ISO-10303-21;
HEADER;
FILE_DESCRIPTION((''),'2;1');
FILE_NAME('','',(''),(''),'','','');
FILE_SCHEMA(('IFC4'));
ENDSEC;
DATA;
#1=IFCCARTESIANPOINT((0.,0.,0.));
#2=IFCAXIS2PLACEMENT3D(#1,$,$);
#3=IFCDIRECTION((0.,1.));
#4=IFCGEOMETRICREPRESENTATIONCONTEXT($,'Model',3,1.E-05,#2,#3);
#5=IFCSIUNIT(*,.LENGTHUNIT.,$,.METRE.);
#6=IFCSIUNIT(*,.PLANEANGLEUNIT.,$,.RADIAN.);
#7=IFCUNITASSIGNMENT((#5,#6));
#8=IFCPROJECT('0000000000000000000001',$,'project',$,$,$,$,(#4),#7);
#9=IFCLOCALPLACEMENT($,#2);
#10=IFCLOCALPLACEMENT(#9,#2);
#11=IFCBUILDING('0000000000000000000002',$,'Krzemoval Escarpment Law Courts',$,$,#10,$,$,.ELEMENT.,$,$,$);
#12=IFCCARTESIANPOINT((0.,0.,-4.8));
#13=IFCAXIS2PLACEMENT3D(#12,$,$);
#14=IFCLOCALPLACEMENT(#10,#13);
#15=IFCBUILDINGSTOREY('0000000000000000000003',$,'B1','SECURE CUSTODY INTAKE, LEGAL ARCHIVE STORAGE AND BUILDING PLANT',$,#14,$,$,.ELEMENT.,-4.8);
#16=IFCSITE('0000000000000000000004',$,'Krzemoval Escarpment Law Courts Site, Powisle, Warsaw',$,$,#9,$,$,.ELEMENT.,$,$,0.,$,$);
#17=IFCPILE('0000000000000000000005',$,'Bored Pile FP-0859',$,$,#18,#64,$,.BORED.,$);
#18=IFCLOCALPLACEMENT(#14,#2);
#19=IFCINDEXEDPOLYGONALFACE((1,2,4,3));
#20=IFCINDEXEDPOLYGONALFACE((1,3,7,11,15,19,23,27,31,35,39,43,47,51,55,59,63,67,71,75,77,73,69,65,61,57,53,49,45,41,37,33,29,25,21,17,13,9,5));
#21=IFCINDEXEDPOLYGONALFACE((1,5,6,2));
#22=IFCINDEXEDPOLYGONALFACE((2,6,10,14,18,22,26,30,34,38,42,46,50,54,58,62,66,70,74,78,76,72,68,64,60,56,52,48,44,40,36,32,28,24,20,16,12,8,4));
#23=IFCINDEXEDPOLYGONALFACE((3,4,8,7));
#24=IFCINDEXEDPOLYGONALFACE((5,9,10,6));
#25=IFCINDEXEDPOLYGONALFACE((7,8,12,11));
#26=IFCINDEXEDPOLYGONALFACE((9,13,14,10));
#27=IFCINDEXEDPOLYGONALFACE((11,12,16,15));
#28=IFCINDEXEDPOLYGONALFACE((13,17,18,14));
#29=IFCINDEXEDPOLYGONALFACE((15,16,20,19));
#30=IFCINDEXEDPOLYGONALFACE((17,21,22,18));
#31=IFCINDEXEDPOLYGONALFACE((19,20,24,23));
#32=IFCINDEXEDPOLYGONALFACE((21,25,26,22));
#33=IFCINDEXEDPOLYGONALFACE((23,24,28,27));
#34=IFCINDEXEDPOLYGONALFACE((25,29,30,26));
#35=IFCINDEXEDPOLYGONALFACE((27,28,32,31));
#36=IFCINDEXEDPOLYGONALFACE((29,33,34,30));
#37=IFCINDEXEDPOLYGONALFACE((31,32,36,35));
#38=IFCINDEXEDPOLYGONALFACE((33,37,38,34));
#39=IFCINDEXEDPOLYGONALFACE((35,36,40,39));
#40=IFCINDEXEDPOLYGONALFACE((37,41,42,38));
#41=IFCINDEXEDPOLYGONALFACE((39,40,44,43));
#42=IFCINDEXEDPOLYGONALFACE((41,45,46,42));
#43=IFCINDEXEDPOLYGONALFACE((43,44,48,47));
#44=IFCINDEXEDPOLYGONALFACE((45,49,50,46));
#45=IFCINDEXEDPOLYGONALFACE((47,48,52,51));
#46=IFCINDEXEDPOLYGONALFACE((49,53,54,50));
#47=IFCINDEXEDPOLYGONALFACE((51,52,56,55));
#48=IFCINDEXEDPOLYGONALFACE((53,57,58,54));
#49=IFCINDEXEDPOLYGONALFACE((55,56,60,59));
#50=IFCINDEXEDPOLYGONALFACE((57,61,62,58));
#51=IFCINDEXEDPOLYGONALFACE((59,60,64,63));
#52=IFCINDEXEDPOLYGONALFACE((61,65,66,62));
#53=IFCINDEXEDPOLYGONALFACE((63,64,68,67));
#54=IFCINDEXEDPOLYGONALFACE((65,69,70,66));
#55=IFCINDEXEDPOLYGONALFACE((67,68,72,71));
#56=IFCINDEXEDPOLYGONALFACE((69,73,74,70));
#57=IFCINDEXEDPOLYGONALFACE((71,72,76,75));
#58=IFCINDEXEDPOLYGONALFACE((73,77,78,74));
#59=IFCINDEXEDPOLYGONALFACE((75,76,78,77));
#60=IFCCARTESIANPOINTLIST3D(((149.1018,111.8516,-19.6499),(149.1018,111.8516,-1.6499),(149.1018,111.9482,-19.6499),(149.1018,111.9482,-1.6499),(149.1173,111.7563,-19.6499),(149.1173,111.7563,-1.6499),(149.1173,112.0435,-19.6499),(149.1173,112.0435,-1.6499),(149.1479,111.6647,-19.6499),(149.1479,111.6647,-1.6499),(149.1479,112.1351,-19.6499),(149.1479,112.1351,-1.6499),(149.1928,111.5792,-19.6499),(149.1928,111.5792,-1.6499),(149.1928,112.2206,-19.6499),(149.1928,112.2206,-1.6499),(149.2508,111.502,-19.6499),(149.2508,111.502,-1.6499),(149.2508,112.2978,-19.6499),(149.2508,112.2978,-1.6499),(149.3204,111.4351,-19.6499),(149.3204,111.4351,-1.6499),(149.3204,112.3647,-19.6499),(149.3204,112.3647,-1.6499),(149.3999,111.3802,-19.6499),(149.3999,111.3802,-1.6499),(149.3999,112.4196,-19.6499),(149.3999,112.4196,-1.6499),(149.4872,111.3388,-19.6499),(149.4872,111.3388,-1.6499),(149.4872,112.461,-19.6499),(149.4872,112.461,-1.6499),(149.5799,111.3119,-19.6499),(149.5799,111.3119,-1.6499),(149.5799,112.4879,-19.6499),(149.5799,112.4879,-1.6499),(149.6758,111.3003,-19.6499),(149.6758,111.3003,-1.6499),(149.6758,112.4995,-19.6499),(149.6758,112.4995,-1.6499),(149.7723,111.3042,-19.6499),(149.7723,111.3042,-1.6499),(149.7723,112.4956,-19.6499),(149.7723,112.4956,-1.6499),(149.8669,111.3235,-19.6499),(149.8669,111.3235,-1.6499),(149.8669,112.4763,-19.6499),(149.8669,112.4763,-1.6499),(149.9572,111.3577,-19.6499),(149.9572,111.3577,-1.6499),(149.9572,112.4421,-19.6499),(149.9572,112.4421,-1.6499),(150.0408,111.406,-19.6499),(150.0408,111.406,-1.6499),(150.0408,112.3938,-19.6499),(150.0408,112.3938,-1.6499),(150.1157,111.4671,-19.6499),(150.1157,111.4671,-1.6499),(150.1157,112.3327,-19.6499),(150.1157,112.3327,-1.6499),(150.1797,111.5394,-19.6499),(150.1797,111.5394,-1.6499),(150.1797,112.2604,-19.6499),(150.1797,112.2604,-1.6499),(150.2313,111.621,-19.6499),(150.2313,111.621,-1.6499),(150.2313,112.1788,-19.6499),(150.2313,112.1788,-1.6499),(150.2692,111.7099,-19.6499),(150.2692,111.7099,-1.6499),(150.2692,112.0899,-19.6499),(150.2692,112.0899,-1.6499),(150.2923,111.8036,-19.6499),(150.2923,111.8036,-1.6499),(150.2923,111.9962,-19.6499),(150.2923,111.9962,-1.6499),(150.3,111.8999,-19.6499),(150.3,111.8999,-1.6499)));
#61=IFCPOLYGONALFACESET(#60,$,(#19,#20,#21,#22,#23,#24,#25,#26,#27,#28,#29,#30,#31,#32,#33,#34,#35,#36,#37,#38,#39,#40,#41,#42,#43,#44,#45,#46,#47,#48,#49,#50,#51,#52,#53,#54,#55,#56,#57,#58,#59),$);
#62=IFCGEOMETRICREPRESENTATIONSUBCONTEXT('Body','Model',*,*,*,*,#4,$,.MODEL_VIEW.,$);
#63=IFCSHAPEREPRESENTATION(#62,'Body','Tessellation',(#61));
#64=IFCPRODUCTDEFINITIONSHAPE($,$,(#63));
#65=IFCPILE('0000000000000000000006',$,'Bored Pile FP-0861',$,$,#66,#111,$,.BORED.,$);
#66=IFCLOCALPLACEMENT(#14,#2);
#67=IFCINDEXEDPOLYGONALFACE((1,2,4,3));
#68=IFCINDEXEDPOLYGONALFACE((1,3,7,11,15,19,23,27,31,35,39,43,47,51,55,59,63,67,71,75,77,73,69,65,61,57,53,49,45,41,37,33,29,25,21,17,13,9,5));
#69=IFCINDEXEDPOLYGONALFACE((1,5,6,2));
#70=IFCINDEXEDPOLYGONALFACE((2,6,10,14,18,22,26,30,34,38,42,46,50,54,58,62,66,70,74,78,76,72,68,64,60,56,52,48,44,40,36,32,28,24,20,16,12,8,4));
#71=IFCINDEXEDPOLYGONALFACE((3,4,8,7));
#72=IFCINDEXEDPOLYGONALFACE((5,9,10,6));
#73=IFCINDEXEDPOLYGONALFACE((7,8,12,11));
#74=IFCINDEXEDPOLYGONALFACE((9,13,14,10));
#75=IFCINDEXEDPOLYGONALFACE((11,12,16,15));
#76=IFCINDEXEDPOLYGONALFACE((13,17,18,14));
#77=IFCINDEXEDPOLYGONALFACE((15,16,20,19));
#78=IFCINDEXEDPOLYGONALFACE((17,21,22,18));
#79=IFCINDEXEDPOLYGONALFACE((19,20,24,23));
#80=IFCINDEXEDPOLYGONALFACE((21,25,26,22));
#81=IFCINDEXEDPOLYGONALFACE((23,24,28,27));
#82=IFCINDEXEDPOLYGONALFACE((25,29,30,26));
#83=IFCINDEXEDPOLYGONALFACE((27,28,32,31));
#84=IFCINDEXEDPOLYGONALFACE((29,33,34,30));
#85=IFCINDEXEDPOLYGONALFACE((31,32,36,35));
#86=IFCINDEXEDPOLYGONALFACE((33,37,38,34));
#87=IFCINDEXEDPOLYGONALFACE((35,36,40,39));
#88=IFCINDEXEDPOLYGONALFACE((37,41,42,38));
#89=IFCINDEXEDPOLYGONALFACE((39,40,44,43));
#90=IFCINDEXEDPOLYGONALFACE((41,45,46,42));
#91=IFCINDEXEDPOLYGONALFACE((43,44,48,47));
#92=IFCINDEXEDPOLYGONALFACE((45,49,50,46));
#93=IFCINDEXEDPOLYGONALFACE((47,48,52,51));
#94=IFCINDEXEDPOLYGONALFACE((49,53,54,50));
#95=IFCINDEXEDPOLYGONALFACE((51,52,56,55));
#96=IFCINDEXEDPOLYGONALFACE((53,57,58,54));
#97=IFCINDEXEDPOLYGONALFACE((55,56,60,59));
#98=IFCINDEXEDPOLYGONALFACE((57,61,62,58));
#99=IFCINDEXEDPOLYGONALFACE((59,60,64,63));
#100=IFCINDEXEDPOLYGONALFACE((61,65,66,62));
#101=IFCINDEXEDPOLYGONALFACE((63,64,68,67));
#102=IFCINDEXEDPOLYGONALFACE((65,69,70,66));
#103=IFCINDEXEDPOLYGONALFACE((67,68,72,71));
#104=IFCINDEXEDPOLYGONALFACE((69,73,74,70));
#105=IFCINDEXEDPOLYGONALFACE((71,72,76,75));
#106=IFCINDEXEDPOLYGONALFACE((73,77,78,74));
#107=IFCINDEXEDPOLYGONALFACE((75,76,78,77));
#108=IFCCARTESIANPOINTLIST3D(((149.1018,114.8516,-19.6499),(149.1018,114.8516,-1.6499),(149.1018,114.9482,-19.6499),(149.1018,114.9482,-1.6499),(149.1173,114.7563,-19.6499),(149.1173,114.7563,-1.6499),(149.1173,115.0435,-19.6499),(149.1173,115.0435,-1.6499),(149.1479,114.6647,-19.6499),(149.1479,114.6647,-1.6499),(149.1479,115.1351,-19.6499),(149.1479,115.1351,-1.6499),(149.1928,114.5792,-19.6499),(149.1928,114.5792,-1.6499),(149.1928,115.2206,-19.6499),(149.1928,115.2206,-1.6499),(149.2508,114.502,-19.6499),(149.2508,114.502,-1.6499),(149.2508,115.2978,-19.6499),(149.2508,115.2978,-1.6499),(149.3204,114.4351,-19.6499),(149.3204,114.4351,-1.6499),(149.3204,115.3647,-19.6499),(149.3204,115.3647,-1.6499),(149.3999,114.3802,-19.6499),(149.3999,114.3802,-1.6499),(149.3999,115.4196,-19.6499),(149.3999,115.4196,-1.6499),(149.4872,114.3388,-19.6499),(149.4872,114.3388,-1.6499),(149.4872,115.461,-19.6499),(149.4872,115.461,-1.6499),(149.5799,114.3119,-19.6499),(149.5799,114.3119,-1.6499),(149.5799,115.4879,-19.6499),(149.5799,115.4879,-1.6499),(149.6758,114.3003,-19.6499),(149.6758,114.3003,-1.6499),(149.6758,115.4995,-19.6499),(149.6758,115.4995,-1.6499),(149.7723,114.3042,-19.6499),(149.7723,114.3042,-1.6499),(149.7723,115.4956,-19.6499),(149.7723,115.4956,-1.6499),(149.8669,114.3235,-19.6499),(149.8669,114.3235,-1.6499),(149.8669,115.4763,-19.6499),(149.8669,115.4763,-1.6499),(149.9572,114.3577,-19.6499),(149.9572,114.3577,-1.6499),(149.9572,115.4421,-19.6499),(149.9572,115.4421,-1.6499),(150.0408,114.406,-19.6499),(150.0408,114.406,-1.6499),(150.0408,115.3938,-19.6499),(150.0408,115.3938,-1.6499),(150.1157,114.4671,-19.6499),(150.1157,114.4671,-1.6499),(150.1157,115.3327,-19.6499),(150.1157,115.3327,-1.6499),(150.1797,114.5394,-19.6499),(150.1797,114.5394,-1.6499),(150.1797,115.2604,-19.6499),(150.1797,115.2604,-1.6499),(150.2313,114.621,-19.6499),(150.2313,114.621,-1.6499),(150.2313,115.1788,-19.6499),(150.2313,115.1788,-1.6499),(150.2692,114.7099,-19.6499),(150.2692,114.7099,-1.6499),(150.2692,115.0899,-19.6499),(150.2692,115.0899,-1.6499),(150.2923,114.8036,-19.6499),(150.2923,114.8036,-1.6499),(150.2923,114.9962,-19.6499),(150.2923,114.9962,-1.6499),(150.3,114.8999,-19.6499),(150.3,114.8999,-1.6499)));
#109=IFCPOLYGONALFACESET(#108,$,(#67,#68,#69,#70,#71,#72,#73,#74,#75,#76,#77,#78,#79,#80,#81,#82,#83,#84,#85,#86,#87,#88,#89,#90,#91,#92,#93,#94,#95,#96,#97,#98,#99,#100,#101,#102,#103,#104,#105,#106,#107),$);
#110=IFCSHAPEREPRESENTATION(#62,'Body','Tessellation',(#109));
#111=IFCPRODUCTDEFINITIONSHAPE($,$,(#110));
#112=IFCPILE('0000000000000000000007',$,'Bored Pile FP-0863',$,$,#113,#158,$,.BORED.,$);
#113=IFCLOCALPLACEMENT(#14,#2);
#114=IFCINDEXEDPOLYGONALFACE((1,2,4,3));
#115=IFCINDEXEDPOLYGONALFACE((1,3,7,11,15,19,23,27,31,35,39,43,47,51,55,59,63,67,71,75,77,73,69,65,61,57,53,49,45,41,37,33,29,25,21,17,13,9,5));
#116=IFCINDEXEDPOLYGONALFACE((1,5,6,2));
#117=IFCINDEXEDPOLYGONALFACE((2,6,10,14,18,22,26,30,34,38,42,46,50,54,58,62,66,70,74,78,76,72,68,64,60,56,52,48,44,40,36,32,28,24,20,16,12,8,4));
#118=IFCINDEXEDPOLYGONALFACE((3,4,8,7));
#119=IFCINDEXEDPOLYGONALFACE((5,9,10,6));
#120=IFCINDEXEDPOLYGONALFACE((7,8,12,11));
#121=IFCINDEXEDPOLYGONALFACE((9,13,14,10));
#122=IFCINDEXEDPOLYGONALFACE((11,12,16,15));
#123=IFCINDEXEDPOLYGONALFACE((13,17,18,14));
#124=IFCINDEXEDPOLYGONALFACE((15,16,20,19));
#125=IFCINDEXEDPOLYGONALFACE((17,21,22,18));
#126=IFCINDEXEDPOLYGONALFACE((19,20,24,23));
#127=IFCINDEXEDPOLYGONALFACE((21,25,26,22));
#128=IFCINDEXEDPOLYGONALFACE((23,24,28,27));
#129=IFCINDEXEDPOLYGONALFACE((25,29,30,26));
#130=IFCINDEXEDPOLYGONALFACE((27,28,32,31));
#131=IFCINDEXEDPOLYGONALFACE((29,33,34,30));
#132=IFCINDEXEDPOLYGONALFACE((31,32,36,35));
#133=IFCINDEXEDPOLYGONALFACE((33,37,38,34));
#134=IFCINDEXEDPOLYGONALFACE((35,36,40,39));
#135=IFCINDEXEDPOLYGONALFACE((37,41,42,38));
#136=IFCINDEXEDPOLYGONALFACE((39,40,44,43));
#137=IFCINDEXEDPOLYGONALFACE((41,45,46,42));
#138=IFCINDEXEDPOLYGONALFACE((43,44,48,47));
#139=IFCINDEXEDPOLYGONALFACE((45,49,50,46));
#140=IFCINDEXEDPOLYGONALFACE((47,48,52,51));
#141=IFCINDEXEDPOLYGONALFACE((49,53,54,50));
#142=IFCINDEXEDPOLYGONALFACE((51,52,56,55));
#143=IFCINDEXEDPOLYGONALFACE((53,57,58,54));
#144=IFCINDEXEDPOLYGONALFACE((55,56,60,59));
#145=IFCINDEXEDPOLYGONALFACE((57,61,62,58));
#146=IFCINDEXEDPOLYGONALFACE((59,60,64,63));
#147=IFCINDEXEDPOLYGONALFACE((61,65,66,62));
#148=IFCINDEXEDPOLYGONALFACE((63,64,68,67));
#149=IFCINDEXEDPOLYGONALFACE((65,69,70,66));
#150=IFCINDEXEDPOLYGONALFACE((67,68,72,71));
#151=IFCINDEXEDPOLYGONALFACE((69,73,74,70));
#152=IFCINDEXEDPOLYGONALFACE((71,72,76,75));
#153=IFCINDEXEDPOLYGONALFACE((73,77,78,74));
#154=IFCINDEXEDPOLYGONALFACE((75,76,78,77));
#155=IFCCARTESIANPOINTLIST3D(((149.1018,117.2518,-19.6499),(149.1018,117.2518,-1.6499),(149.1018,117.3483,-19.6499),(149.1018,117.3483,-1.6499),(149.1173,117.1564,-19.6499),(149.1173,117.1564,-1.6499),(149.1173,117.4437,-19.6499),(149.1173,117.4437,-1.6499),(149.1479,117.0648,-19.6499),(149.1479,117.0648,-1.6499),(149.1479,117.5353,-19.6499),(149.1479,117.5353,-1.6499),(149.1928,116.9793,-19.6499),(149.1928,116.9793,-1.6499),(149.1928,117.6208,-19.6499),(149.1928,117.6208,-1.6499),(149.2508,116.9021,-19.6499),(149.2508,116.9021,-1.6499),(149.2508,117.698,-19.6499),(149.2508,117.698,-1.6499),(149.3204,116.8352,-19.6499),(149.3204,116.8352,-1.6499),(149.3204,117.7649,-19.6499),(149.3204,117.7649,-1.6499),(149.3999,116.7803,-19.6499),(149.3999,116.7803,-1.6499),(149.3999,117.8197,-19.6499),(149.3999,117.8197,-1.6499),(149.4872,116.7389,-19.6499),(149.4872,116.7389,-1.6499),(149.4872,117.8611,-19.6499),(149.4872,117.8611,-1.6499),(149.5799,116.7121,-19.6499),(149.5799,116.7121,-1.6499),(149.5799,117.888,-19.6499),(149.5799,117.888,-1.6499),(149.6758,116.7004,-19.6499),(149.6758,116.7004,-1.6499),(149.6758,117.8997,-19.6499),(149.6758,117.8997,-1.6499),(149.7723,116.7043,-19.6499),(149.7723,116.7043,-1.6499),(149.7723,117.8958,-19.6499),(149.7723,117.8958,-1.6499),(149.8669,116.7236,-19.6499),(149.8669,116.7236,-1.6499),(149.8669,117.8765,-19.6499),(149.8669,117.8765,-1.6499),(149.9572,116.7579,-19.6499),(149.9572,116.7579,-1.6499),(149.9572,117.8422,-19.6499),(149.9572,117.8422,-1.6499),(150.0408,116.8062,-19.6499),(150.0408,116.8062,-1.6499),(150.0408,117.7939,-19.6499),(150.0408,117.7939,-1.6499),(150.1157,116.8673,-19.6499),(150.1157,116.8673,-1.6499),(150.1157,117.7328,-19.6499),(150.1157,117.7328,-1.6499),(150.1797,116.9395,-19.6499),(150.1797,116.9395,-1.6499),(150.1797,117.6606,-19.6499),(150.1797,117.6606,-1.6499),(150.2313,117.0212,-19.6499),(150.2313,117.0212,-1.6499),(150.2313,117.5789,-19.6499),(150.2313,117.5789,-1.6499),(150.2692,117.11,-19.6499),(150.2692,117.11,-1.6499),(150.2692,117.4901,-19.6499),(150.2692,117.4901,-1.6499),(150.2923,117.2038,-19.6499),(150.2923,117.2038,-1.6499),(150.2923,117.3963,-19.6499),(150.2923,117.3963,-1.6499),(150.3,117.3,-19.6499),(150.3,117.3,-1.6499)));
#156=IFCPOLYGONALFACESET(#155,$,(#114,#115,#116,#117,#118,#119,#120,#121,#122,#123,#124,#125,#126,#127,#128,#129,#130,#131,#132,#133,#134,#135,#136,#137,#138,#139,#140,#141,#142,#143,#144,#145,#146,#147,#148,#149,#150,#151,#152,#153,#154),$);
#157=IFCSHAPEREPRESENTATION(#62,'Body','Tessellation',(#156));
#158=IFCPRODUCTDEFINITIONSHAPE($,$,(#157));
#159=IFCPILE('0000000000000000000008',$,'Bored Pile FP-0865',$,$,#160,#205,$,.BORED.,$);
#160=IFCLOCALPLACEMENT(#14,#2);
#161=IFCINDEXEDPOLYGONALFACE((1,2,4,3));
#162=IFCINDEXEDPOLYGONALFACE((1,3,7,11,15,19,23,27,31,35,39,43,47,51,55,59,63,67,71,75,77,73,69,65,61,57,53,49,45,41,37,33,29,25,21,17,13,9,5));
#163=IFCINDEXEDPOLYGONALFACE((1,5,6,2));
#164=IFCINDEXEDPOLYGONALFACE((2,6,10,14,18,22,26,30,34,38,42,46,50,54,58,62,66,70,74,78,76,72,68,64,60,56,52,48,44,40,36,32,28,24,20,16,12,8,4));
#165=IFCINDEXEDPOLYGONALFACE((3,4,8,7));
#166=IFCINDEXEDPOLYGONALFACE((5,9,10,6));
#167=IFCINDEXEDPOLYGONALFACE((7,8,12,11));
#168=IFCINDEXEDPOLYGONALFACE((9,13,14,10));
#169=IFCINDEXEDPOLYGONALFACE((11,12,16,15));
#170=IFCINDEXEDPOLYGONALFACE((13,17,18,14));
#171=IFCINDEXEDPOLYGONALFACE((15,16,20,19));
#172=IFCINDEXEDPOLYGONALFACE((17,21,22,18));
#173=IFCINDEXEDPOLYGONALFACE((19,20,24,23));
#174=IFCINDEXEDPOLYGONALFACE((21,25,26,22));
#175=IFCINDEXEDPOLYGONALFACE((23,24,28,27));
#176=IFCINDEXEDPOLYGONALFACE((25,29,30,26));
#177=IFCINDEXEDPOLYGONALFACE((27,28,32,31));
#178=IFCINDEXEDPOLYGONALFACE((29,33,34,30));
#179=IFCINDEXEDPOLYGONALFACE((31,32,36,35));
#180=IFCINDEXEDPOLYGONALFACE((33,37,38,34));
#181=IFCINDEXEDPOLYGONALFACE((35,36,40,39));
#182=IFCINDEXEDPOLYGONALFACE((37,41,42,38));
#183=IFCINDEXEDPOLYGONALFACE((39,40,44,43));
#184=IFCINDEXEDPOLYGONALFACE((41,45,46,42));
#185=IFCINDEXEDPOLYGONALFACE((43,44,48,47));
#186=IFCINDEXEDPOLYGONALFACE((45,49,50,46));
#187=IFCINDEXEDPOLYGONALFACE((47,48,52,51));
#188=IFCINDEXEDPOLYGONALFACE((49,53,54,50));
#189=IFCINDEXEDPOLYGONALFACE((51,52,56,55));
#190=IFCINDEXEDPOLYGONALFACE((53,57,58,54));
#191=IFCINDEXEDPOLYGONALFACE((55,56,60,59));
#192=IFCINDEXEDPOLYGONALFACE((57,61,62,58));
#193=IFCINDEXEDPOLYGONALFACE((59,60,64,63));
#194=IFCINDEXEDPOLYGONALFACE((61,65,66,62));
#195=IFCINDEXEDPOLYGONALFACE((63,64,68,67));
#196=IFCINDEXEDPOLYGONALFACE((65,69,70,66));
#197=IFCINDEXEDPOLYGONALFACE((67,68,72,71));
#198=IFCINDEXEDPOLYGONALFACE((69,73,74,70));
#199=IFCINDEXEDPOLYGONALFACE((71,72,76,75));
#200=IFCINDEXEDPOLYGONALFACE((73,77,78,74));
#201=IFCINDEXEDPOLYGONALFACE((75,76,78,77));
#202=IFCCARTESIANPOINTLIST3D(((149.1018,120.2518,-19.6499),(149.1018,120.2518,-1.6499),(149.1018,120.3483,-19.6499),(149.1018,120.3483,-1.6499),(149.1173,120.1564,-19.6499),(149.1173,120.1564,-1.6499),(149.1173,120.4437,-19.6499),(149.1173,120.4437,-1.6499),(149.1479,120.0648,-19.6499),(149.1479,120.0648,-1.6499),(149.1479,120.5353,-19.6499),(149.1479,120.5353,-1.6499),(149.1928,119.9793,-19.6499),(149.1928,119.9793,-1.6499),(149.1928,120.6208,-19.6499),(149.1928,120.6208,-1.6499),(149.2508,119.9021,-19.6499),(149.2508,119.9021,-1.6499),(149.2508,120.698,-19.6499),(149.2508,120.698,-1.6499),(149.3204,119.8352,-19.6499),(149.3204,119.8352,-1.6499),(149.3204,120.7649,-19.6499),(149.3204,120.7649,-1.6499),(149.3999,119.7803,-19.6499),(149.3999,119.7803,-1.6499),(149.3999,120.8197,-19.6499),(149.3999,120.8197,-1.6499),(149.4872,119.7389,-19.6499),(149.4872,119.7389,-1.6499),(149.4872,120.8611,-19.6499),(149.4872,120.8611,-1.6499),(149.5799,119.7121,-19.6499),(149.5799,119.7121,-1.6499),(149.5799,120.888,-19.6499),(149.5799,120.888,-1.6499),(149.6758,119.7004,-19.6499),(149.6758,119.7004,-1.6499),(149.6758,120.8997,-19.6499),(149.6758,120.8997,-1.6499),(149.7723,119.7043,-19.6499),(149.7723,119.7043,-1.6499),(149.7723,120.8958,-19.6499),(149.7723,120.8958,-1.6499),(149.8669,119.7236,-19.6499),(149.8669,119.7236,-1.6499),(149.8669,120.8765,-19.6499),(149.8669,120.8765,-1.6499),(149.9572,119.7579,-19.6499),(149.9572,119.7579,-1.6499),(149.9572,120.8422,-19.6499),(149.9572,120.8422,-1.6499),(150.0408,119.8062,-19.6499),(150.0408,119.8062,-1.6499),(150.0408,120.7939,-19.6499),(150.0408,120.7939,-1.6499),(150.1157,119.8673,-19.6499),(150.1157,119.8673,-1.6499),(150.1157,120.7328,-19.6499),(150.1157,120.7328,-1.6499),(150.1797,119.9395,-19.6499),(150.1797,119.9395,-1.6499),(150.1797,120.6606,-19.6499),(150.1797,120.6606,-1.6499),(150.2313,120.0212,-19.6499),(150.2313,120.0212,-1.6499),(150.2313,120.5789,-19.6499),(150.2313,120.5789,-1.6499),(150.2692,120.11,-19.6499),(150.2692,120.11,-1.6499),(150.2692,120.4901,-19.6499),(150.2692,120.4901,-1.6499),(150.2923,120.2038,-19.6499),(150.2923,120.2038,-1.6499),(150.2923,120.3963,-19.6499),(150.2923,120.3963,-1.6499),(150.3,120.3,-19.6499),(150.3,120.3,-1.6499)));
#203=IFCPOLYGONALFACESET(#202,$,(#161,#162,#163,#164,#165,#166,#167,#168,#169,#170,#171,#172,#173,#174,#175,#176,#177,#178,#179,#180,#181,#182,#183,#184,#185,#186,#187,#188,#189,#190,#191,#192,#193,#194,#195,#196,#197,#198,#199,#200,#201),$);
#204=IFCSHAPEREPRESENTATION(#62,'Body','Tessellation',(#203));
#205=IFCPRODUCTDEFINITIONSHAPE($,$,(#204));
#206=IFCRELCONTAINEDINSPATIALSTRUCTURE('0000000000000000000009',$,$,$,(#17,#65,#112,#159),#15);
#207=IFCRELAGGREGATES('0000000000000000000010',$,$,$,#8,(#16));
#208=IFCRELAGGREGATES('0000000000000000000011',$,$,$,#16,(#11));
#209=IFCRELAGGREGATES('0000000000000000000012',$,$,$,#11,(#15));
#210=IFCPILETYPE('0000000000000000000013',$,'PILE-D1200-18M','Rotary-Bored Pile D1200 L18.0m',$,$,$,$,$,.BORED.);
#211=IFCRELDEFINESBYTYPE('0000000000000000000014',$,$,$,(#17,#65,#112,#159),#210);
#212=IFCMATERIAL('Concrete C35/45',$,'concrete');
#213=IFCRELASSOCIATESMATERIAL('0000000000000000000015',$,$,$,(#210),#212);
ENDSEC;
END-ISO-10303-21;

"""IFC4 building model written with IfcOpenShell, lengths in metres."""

from ifc_helpers import new_model, si_unit, direction, frame, origin, origin_2d, place, context, subcontext, project, spatial, circle, extrude, material, material_profile, profile_set, type_object, element, save


model = new_model("IFC4")

# Units and contexts
model_context = context("Model", 3, precision=1e-05, world=origin(), true_north=direction((0.0, 1.0)))
body_context = subcontext(model_context, "Body", "Model", "MODEL_VIEW")
ifc_project = project(units=[si_unit("LENGTHUNIT", "METRE"), si_unit("PLANEANGLEUNIT", "RADIAN")], contexts=[model_context])

# Site, building, storey
site_placement = place(None, origin())
site = spatial("IfcSite", under=ifc_project, at=site_placement, Name="Krzemoval Escarpment Law Courts Site, Powisle, Warsaw", CompositionType="ELEMENT", RefElevation=0.0)
building_placement = place(site_placement, origin())
building = spatial("IfcBuilding", under=site, at=building_placement, Name="Krzemoval Escarpment Law Courts", CompositionType="ELEMENT")
storey_placement = place(building_placement, frame((0.0, 0.0, -4.8)))
storey = spatial("IfcBuildingStorey", under=building, at=storey_placement, Name="B1", Description="SECURE CUSTODY INTAKE, LEGAL ARCHIVE STORAGE AND BUILDING PLANT", CompositionType="ELEMENT", Elevation=-4.8)

# Piles
ifc_material_1 = material(Name="Concrete C35/45", Category="concrete")
ifc_material_profile_1 = material_profile(ifc_material_1, circle(Radius=0.6001, at=origin_2d()), Name="PILE D1200")
ifc_profile_set_1 = profile_set([ifc_material_profile_1], Name="Concrete C35/45")
pile_type = type_object("IfcPileType", Name="PILE-D1200-18M", Description="Rotary-Bored Pile D1200 L18.0m", PredefinedType="BORED", material=ifc_profile_set_1)
for number, where, z_axis, x_axis, name in (
    (1, (149.7, 111.8999, -1.6499), (0.0, 0.0, -1.0), (1.0, 0.0, 0.0), "Bored Pile FP-0859"),
    (2, (149.7, 114.8999, -1.6499), (0.0, 0.0, -1.0), (1.0, 0.0, 0.0), "Bored Pile FP-0861"),
    (3, (149.7, 117.3, -1.6499), (0.0, 0.0, -1.0), (1.0, 0.0, 0.0), "Bored Pile FP-0863"),
    (4, (149.7, 120.3, -1.6499), (0.0, 0.0, -1.0), (1.0, 0.0, 0.0), "Bored Pile FP-0865"),
):
    element("IfcPile", number, at=place(storey_placement, frame(where, z_axis=z_axis, x_axis=x_axis)), inside=storey, type_object=pile_type, Name=name, PredefinedType="BORED", context=body_context, shape_type="SweptSolid", body=[
        extrude(circle(Radius=0.6001, at=origin_2d()), origin(), (0.0, 0.0, 1.0), 18.0),
    ])

save(model, "model.ifc")
